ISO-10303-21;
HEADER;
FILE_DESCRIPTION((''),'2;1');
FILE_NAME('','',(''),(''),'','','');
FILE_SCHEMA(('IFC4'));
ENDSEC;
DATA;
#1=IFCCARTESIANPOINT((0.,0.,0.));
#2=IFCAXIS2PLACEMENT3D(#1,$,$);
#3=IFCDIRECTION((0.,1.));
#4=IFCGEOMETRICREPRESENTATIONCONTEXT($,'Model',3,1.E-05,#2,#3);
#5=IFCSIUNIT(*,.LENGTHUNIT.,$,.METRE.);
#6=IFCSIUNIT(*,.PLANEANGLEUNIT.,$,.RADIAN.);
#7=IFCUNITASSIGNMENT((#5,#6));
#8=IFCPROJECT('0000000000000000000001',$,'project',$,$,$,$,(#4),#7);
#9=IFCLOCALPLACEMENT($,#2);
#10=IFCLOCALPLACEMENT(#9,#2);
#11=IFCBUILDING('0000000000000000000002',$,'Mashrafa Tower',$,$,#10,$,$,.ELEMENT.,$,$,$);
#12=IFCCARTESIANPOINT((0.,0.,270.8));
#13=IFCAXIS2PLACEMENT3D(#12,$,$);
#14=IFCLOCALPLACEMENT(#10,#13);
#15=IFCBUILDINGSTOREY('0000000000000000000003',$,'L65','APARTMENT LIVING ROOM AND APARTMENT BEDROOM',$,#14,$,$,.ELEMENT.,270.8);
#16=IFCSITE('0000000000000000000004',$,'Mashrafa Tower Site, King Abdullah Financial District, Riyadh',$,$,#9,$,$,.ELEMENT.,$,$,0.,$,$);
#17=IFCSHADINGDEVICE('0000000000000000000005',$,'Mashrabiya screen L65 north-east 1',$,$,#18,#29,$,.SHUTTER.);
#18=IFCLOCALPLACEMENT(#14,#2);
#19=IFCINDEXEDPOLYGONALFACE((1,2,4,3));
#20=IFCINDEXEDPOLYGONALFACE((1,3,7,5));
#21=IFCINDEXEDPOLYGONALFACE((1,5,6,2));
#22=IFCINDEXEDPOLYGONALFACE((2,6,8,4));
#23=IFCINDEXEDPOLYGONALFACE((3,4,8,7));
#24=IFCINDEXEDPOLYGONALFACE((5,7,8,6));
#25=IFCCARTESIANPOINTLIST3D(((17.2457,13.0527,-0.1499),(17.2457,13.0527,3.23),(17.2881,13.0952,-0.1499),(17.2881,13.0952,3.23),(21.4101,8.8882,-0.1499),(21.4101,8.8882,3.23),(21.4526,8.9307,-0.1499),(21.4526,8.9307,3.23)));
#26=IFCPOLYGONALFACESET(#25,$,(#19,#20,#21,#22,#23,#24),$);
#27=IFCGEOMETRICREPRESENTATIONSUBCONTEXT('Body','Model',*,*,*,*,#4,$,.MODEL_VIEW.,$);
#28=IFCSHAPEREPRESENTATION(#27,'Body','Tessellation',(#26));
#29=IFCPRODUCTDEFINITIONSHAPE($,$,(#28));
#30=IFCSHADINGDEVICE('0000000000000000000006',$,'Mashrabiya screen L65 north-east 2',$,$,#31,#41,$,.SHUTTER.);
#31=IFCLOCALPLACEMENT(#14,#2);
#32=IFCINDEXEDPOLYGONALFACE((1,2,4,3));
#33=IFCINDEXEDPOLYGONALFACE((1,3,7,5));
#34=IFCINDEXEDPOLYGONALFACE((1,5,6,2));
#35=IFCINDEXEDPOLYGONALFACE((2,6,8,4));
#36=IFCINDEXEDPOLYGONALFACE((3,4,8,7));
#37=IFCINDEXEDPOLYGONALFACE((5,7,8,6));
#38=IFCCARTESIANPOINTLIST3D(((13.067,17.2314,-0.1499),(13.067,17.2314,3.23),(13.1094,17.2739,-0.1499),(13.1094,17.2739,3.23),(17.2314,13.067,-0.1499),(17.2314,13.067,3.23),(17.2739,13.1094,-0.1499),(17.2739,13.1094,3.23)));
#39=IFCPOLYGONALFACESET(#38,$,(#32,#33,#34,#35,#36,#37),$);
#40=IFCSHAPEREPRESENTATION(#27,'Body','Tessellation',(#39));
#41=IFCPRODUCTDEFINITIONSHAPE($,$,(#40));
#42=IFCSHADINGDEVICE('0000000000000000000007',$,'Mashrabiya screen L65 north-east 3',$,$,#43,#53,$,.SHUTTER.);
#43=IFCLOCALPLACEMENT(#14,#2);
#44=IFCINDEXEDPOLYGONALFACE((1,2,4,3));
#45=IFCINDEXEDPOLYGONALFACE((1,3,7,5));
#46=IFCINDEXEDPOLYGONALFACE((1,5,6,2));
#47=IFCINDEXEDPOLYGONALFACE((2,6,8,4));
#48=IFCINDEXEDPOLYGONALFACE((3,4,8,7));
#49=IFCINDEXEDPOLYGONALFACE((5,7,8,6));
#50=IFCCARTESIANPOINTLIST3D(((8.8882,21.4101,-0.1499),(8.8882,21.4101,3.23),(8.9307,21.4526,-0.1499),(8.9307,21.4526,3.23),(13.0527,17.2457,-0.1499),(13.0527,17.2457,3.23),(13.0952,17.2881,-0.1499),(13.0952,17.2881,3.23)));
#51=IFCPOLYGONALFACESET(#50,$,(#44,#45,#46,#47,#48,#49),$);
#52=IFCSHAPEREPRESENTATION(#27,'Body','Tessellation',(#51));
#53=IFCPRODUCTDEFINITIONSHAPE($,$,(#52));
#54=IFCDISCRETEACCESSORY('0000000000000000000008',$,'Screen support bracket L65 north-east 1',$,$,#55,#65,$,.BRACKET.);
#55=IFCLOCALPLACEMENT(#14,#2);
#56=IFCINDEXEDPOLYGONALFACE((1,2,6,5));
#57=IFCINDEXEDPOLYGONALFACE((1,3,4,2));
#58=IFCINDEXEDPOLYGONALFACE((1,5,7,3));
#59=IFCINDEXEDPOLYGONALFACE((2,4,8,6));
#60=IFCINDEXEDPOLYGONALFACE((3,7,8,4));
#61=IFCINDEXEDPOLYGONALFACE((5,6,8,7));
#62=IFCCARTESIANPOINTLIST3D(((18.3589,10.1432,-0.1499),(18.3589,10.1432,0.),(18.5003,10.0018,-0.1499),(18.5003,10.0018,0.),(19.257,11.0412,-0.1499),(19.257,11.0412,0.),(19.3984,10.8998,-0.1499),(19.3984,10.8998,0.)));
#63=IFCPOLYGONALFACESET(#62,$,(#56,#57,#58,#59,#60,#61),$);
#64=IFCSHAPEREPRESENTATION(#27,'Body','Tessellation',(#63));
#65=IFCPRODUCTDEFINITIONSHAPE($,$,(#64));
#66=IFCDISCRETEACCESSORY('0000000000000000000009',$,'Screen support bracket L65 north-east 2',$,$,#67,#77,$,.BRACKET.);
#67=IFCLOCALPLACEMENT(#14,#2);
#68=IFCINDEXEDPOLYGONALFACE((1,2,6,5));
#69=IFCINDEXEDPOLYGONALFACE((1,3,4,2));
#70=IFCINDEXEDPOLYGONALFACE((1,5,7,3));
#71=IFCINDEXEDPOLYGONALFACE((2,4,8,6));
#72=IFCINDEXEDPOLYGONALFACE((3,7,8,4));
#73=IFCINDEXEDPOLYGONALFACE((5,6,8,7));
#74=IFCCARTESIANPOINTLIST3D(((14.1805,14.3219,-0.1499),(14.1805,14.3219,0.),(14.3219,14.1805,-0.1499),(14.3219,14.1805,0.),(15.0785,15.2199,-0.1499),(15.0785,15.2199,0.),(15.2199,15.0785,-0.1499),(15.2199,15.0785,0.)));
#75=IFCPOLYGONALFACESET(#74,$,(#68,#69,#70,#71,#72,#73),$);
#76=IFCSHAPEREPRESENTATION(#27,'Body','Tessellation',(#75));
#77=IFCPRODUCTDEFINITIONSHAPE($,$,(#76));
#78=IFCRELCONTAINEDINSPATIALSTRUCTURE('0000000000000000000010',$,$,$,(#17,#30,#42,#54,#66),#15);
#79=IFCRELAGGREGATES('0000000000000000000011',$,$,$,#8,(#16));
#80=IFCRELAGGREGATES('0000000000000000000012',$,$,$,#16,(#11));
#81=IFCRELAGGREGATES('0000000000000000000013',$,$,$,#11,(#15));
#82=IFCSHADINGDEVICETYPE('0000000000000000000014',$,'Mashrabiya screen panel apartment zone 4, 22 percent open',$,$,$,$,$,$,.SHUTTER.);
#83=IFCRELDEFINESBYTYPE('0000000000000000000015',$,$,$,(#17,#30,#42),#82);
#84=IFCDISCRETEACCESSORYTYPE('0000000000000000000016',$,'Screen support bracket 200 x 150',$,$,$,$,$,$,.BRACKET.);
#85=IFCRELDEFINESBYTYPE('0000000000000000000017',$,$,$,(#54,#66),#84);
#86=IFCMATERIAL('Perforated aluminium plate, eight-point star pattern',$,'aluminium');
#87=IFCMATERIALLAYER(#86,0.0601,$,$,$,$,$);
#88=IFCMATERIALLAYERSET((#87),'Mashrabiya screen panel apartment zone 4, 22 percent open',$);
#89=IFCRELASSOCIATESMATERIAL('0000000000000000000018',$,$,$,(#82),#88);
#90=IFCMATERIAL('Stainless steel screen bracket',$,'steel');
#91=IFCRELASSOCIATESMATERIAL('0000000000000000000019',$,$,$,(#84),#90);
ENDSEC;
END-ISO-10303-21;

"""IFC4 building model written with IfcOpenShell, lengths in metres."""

from ifc_helpers import new_model, si_unit, direction, frame, origin, origin_2d, place, context, subcontext, project, spatial, rectangle, extrude, source, transform, mapped, material, layer, layer_set, type_object, type_shapes, element, save


model = new_model("IFC4")

# Units and contexts
model_context = context("Model", 3, precision=1e-05, world=origin(), true_north=direction((0.0, 1.0)))
body_context = subcontext(model_context, "Body", "Model", "MODEL_VIEW")
ifc_project = project(units=[si_unit("LENGTHUNIT", "METRE"), si_unit("PLANEANGLEUNIT", "RADIAN")], contexts=[model_context])

# Site, building, storey
site_placement = place(None, origin())
site = spatial("IfcSite", under=ifc_project, at=site_placement, Name="Mashrafa Tower Site, King Abdullah Financial District, Riyadh", CompositionType="ELEMENT", RefElevation=0.0)
building_placement = place(site_placement, origin())
building = spatial("IfcBuilding", under=site, at=building_placement, Name="Mashrafa Tower", CompositionType="ELEMENT")
storey_placement = place(building_placement, frame((0.0, 0.0, 270.8)))
storey = spatial("IfcBuildingStorey", under=building, at=storey_placement, Name="L65", Description="APARTMENT LIVING ROOM AND APARTMENT BEDROOM", CompositionType="ELEMENT", Elevation=270.8)

# Shading devices
ifc_material_1 = material(Name="Perforated aluminium plate, eight-point star pattern", Category="aluminium")
ifc_layer_1 = layer(ifc_material_1, 0.0601)
ifc_layer_set_1 = layer_set([ifc_layer_1], Name="Mashrabiya screen panel apartment zone 4, 22 percent open")
shading_device_type = type_object("IfcShadingDeviceType", Name="Mashrabiya screen panel apartment zone 4, 22 percent open", PredefinedType="SHUTTER", material=ifc_layer_set_1)
shared_shape_1 = source(origin(), body_context, "Body", "SweptSolid", [
    extrude(rectangle(XDim=5.8894, YDim=0.0601, at=origin_2d()), origin(), (0.0, 0.0, 1.0), 3.3799),
])
type_shapes(shading_device_type, [shared_shape_1])
for number, where, z_axis, x_axis, name in (
    (1, (19.3491, 10.9917, -0.1499), (0.0, 0.0, 1.0), (-0.707107, 0.707107, 0.0), "Mashrabiya screen L65 north-east 1"),
    (2, (15.1704, 15.1704, -0.1499), (0.0, 0.0, 1.0), (-0.707107, 0.707107, 0.0), "Mashrabiya screen L65 north-east 2"),
    (3, (10.9917, 19.3491, -0.1499), (0.0, 0.0, 1.0), (-0.707107, 0.707107, 0.0), "Mashrabiya screen L65 north-east 3"),
):
    element("IfcShadingDevice", number, at=place(storey_placement, frame(where, z_axis=z_axis, x_axis=x_axis)), inside=storey, type_object=shading_device_type, Name=name, PredefinedType="SHUTTER", context=body_context, shape_type="MappedRepresentation", body=[
        mapped(shared_shape_1, transform((0.0, 0.0, 0.0))),
    ])

# Discrete accessories
ifc_material_2 = material(Name="Stainless steel screen bracket", Category="steel")
discrete_accessory_type = type_object("IfcDiscreteAccessoryType", Name="Screen support bracket 200 x 150", PredefinedType="BRACKET", material=ifc_material_2)
shared_shape_2 = source(origin(), body_context, "Body", "SweptSolid", [
    extrude(rectangle(XDim=0.2, YDim=1.27, at=origin_2d()), origin(), (0.0, 0.0, 1.0), 0.1499),
])
type_shapes(discrete_accessory_type, [shared_shape_2])
for number, where, z_axis, x_axis, name in (
    (4, (18.8787, 10.5215, -0.1499), (0.0, 0.0, 1.0), (-0.707107, 0.707107, 0.0), "Screen support bracket L65 north-east 1"),
    (5, (14.7002, 14.7002, -0.1499), (0.0, 0.0, 1.0), (-0.707107, 0.707107, 0.0), "Screen support bracket L65 north-east 2"),
):
    element("IfcDiscreteAccessory", number, at=place(storey_placement, frame(where, z_axis=z_axis, x_axis=x_axis)), inside=storey, type_object=discrete_accessory_type, Name=name, PredefinedType="BRACKET", context=body_context, shape_type="MappedRepresentation", body=[
        mapped(shared_shape_2, transform((0.0, 0.0, 0.0))),
    ])

save(model, "model.ifc")
